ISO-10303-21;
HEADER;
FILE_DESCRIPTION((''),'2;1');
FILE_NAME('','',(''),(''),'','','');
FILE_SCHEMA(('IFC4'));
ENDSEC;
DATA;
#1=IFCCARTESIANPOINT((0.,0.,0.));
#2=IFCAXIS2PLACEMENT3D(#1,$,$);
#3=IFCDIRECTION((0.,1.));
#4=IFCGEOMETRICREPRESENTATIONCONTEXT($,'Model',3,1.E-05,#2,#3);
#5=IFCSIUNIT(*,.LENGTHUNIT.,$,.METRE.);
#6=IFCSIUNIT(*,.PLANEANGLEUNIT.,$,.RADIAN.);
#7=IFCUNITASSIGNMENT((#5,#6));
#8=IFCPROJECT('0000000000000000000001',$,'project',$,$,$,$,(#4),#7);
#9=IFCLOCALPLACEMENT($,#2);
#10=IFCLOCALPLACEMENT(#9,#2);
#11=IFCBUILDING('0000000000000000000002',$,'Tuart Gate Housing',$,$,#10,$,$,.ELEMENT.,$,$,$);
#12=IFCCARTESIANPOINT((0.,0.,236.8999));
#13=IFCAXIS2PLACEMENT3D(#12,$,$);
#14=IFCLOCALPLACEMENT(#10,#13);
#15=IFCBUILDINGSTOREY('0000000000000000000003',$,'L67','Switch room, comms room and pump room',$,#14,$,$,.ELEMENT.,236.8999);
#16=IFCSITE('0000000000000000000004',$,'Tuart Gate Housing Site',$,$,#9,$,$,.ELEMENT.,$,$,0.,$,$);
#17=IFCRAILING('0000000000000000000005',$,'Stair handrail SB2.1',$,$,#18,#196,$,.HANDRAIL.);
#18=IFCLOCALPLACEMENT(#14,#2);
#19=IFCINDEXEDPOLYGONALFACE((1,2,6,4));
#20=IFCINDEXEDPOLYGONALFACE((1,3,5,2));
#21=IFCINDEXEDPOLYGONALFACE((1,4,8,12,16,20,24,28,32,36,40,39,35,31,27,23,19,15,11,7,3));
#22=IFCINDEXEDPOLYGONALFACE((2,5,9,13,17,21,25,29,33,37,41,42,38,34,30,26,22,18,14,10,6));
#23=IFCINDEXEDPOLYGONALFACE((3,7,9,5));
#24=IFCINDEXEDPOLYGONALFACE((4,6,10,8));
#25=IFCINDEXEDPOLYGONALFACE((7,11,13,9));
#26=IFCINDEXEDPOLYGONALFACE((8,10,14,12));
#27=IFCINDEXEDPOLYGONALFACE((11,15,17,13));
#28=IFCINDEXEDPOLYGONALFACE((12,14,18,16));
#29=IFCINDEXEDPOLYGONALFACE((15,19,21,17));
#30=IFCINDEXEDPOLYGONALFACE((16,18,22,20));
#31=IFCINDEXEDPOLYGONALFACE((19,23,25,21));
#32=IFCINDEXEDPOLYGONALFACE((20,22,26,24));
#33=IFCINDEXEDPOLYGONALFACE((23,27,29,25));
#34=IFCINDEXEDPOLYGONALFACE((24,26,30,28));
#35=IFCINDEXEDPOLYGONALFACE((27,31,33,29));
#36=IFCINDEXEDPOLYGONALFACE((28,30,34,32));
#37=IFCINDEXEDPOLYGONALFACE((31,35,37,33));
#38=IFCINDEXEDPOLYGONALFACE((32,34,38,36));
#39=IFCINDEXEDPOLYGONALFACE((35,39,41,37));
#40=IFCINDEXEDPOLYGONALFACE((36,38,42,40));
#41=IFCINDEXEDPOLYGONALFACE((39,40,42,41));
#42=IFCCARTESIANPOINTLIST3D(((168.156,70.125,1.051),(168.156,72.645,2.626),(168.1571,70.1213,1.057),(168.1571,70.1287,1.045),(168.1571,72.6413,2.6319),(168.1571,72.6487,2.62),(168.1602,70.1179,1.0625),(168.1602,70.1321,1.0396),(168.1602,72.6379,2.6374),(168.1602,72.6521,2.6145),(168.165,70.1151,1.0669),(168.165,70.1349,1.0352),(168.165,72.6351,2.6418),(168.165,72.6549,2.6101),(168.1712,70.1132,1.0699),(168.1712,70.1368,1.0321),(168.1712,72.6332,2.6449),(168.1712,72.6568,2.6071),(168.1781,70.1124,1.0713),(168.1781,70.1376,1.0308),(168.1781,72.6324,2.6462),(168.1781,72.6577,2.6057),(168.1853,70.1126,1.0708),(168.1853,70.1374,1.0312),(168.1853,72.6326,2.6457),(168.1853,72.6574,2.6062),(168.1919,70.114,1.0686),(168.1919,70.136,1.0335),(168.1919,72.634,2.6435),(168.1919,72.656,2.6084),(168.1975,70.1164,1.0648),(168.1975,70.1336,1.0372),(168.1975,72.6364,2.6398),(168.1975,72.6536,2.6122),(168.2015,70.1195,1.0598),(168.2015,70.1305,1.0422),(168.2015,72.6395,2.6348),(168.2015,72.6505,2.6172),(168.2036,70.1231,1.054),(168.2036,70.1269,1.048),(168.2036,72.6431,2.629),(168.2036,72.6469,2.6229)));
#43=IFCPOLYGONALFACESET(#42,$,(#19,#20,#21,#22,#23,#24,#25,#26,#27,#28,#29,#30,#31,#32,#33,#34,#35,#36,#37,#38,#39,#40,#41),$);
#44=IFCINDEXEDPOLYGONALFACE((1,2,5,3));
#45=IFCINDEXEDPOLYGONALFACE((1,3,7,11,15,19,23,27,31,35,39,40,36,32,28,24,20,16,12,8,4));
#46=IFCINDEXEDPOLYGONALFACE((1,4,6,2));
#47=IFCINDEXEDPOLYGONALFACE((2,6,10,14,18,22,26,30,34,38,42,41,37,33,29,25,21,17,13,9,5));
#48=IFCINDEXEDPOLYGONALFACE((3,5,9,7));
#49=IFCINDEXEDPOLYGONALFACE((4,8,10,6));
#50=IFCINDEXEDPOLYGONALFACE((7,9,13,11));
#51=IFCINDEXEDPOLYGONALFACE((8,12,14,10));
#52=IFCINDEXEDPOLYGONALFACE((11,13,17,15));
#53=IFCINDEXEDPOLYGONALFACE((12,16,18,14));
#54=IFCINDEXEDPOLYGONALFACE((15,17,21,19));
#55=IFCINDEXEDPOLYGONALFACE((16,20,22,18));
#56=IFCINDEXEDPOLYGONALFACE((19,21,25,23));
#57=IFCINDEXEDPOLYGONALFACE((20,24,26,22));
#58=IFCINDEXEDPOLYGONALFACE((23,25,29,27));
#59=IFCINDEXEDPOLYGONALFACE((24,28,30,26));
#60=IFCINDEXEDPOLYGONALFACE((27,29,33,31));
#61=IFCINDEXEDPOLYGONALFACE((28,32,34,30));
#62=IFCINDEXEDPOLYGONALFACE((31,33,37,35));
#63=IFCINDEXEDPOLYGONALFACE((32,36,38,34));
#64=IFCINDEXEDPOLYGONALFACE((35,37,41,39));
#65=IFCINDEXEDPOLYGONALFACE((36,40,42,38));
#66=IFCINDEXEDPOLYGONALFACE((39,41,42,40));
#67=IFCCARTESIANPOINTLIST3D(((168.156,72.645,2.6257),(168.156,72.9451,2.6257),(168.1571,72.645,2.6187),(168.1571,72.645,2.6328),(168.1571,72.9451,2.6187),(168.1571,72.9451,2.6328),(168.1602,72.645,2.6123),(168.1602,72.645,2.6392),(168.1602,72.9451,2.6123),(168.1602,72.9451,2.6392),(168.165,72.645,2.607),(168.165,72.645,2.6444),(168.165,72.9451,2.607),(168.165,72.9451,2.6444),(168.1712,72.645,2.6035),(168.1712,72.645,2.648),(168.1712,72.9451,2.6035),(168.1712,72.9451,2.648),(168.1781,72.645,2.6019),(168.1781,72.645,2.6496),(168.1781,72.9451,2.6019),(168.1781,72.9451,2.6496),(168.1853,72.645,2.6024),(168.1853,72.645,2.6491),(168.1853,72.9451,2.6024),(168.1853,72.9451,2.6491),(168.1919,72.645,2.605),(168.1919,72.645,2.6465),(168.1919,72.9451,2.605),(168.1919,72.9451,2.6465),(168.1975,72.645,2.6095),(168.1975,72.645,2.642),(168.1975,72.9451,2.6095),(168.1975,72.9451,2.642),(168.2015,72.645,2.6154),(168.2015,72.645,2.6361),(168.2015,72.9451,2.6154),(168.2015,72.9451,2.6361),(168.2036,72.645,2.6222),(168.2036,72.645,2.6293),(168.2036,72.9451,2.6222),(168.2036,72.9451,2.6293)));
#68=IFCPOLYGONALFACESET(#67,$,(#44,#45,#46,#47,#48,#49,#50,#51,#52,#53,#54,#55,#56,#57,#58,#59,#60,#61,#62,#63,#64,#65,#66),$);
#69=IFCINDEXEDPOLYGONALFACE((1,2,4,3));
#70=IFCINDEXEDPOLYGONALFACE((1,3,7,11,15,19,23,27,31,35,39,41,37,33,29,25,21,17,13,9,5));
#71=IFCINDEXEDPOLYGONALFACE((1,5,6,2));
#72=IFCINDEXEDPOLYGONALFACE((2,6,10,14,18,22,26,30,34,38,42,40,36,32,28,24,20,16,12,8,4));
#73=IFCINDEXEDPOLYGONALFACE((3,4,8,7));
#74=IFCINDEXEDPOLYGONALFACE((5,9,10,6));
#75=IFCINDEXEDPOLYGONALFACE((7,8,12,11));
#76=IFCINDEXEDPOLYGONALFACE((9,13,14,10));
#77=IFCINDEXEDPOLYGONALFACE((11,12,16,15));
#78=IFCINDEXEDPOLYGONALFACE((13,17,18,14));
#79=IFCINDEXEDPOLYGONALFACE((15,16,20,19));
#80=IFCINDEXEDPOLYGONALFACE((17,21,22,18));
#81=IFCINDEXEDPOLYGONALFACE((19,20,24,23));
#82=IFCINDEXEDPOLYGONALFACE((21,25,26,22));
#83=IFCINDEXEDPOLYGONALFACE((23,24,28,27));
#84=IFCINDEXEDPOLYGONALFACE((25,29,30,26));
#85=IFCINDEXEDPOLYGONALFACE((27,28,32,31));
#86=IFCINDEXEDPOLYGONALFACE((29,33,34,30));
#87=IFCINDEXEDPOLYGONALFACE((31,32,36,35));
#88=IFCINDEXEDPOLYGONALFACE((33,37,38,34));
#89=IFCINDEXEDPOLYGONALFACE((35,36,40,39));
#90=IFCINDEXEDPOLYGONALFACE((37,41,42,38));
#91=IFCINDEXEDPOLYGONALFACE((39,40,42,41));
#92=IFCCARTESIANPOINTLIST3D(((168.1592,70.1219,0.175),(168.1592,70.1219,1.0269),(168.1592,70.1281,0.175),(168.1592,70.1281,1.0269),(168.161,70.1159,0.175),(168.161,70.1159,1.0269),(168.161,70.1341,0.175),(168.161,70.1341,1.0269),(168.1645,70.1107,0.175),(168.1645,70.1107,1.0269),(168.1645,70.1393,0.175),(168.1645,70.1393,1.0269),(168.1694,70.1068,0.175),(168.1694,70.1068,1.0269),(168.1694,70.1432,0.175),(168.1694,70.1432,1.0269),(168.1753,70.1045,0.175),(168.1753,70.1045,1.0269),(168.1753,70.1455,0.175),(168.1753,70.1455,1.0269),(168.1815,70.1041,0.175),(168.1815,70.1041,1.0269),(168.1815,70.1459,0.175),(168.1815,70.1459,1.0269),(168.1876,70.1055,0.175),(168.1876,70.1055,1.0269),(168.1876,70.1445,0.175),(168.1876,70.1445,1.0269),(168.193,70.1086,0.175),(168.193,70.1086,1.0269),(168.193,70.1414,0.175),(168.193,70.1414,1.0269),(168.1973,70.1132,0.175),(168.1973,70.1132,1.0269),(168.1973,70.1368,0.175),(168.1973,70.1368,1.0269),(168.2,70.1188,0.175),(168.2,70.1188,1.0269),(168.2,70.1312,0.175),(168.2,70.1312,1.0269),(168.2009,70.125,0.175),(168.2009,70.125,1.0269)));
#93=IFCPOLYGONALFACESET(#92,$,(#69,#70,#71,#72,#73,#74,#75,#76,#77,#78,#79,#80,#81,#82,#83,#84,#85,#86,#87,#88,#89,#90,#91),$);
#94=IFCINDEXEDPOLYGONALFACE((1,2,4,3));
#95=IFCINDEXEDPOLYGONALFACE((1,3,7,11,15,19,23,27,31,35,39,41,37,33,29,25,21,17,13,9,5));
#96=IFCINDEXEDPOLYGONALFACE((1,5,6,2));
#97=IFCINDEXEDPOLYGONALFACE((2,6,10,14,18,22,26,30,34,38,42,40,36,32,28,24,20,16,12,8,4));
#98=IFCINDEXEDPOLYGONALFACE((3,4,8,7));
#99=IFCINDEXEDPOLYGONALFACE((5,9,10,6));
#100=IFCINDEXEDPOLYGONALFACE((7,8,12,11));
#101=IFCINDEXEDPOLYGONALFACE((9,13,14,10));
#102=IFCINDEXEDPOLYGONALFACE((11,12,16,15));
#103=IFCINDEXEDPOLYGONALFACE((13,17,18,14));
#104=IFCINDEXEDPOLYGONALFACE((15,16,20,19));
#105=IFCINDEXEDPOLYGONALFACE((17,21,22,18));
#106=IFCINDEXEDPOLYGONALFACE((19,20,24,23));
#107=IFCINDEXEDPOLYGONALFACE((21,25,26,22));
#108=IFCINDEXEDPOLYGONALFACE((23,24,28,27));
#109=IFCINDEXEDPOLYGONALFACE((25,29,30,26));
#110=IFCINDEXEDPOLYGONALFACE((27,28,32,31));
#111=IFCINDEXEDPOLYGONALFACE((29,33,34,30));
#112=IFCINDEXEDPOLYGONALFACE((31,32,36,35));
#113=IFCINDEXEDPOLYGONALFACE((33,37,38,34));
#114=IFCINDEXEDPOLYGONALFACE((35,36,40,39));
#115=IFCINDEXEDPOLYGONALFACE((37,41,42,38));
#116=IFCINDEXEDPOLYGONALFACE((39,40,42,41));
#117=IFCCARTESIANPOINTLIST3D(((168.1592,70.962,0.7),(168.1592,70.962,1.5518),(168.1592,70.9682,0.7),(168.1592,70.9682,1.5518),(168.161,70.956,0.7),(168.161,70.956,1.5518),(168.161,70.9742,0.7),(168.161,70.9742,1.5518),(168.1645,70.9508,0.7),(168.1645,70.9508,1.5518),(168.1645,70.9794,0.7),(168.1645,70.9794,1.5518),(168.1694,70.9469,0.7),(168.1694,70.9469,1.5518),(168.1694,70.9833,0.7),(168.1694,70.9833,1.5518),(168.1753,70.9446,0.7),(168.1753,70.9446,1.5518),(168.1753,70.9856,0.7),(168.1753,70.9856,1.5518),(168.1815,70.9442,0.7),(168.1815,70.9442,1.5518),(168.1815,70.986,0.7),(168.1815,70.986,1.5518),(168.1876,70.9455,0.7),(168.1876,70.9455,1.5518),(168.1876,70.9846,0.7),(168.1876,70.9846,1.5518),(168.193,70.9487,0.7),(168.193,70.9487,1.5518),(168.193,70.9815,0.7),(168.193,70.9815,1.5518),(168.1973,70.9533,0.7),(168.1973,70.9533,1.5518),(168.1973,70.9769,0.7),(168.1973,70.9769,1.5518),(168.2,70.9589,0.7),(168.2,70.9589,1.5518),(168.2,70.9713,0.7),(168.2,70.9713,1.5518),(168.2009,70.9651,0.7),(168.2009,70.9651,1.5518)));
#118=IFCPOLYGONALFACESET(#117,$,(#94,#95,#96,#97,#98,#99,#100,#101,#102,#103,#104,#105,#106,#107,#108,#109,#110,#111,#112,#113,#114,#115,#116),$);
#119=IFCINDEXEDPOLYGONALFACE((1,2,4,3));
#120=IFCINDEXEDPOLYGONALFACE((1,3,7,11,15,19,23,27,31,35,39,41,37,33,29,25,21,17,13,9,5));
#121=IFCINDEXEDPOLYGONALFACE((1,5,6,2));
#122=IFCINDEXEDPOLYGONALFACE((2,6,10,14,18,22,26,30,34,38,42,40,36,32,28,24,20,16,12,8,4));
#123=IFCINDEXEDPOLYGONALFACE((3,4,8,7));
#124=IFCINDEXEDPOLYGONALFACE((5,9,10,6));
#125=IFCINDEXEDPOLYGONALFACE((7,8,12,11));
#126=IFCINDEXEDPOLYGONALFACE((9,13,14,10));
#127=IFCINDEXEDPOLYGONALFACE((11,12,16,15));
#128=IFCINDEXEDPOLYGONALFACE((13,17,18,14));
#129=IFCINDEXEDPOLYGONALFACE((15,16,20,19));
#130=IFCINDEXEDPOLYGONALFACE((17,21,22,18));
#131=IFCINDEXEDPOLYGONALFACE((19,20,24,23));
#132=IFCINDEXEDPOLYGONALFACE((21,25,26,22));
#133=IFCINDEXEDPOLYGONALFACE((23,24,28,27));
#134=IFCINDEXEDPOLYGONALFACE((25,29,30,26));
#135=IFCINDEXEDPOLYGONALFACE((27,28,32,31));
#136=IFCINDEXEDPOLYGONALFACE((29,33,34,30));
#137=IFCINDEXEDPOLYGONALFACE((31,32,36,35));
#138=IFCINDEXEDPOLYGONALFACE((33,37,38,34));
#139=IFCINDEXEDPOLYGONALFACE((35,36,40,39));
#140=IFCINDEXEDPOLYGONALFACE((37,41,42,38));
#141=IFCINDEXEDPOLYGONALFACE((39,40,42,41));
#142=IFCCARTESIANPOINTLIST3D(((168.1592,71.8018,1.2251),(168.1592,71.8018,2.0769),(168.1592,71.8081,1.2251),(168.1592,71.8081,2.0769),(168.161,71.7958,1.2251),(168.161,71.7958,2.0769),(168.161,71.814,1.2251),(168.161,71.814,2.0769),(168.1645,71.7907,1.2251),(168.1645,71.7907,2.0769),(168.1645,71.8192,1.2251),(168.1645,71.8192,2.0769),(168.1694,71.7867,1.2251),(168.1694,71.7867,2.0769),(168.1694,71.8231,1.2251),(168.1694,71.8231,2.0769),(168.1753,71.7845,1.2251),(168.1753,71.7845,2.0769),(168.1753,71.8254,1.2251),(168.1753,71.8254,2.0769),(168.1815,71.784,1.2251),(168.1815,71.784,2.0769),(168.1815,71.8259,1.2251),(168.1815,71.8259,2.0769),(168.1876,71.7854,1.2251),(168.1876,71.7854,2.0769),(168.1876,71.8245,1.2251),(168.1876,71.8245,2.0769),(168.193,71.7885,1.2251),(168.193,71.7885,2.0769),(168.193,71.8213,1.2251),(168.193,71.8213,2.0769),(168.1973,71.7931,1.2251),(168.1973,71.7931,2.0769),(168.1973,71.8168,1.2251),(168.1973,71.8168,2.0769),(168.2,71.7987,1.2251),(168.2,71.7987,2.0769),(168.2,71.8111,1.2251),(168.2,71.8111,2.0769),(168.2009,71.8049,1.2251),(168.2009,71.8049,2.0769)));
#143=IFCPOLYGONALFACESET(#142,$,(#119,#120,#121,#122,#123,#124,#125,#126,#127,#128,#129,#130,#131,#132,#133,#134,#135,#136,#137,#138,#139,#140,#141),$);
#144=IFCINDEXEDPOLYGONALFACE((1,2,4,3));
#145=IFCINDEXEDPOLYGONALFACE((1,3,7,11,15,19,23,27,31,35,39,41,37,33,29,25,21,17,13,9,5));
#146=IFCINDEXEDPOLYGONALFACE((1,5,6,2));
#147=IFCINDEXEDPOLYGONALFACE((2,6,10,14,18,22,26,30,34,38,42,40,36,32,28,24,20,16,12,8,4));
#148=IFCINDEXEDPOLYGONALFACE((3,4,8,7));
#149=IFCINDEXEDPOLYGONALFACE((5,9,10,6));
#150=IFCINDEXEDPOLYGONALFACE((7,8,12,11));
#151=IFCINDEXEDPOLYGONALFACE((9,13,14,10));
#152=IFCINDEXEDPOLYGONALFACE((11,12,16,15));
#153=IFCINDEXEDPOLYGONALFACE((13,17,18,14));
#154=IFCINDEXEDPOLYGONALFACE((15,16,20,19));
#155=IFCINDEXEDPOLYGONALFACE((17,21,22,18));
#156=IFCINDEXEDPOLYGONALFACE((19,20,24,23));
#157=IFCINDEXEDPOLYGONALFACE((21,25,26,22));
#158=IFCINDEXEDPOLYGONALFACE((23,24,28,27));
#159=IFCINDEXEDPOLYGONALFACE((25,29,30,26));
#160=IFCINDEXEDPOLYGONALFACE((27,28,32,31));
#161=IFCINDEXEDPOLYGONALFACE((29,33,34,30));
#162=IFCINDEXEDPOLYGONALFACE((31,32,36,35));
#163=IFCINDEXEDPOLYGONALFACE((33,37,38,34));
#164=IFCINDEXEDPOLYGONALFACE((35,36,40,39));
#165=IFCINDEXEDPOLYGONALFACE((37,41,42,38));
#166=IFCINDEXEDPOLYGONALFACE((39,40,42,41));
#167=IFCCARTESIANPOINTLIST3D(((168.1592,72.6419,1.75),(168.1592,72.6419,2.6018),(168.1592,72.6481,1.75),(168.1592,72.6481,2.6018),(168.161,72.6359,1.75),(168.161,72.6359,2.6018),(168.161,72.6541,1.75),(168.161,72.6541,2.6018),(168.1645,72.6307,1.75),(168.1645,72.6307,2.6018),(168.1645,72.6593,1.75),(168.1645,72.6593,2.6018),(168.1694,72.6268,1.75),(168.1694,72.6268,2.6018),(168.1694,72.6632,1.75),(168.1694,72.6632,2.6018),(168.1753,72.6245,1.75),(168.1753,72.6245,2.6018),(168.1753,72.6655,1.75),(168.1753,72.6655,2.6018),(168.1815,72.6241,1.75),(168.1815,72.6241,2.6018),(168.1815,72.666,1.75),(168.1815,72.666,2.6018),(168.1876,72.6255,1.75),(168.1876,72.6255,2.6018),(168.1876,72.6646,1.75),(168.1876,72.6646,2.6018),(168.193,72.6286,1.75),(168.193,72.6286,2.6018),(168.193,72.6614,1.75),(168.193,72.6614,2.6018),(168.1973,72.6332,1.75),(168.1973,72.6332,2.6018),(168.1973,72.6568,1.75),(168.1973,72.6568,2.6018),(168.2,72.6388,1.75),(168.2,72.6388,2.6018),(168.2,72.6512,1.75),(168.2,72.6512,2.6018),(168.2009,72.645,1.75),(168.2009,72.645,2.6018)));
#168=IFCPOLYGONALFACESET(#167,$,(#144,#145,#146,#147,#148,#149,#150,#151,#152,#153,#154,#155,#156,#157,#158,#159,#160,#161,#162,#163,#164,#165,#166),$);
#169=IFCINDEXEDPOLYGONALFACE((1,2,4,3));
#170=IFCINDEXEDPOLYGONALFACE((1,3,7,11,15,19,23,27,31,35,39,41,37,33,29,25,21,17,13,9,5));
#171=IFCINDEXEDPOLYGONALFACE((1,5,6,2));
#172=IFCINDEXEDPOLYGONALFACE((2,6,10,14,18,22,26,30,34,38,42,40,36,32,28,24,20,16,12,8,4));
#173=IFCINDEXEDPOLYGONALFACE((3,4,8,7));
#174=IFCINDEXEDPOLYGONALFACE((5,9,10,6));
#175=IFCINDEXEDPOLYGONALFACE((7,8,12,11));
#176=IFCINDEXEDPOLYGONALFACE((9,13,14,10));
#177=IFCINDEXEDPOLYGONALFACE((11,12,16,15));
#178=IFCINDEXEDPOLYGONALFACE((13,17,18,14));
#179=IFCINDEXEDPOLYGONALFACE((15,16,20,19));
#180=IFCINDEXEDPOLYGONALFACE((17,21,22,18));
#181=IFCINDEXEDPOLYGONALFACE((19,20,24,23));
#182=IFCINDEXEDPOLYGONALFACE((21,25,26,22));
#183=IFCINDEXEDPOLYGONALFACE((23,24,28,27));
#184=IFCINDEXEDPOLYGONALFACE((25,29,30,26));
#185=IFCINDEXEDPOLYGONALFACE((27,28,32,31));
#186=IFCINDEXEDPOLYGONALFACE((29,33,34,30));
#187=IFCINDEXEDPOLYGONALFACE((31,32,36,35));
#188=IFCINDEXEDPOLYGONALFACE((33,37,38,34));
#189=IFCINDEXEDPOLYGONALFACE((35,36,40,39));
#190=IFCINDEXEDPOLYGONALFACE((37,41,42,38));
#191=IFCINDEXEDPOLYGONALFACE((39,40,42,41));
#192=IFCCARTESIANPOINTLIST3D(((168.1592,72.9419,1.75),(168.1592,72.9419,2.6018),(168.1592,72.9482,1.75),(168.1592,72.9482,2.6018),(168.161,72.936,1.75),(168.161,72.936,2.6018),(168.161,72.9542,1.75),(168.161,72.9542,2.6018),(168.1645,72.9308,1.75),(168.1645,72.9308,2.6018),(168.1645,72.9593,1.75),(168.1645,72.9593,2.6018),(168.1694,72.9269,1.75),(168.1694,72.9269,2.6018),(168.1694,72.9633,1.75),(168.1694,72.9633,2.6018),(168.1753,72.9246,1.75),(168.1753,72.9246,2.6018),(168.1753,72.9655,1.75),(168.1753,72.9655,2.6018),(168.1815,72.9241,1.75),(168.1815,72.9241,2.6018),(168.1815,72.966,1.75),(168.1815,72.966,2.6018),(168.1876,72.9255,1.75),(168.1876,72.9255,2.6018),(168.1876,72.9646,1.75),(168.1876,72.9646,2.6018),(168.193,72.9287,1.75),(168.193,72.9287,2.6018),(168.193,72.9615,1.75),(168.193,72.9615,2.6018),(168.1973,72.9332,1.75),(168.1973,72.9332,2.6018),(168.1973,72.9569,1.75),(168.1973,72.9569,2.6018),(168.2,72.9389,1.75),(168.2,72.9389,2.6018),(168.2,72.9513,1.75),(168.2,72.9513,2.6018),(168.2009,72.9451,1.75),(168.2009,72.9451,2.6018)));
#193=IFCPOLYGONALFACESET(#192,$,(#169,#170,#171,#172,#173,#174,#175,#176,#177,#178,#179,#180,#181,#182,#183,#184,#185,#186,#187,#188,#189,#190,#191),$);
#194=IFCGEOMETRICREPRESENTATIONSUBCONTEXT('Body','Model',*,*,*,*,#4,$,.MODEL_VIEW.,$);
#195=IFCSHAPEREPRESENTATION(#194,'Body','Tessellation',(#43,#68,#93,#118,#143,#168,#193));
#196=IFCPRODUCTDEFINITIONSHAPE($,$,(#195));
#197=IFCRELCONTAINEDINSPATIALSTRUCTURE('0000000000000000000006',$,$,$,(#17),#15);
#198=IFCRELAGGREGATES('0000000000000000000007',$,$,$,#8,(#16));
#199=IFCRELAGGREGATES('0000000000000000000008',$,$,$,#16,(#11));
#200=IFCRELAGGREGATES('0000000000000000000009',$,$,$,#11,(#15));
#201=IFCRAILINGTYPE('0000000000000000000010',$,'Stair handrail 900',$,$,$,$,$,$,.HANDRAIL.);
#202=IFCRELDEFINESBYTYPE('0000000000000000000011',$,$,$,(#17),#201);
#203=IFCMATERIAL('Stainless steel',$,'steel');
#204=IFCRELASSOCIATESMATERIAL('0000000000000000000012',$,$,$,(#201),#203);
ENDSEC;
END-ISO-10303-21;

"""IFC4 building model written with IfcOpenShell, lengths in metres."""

from ifc_helpers import new_model, si_unit, direction, frame, origin, origin_2d, place, context, subcontext, project, spatial, circle, extrude, material, type_object, element, save


model = new_model("IFC4")

# Units and contexts
model_context = context("Model", 3, precision=1e-05, world=origin(), true_north=direction((0.0, 1.0)))
body_context = subcontext(model_context, "Body", "Model", "MODEL_VIEW")
ifc_project = project(units=[si_unit("LENGTHUNIT", "METRE"), si_unit("PLANEANGLEUNIT", "RADIAN")], contexts=[model_context])

# Site, building, storey
site_placement = place(None, origin())
site = spatial("IfcSite", under=ifc_project, at=site_placement, Name="Tuart Gate Housing Site", CompositionType="ELEMENT", RefElevation=0.0)
building_placement = place(site_placement, origin())
building = spatial("IfcBuilding", under=site, at=building_placement, Name="Tuart Gate Housing", CompositionType="ELEMENT")
storey_placement = place(building_placement, frame((0.0, 0.0, 236.8999)))
storey = spatial("IfcBuildingStorey", under=building, at=storey_placement, Name="L67", Description="Switch room, comms room and pump room", CompositionType="ELEMENT", Elevation=236.8999)

# Railing
ifc_material_1 = material(Name="Stainless steel", Category="steel")
railing_type = type_object("IfcRailingType", Name="Stair handrail 900", PredefinedType="HANDRAIL", material=ifc_material_1)
railing_placement = place(storey_placement, frame((168.1799, 70.125, 0.175)))
element("IfcRailing", 1, at=railing_placement, inside=storey, type_object=railing_type, Name="Stair handrail SB2.1", PredefinedType="HANDRAIL", context=body_context, shape_type="SweptSolid", body=[
    extrude(circle(Radius=0.0239, at=origin_2d()), frame((0.0, 0.0, 0.876), z_axis=(0.0, 0.848008, 0.529984), x_axis=(-1.0, 0.0, 0.0)), (0.0, 0.0, 1.0), 2.9717),
    extrude(circle(Radius=0.0239, at=origin_2d()), frame((0.0, 2.52, 2.4507), z_axis=(0.0, 1.0, 0.0), x_axis=(-1.0, 0.0, 0.0)), (0.0, 0.0, 1.0), 0.3),
    extrude(circle(Radius=0.021, at=origin_2d()), origin(), (0.0, 0.0, 1.0), 0.8518),
    extrude(circle(Radius=0.021, at=origin_2d()), frame((0.0, 0.8401, 0.5249)), (0.0, 0.0, 1.0), 0.8518),
    extrude(circle(Radius=0.021, at=origin_2d()), frame((0.0, 1.6799, 1.05)), (0.0, 0.0, 1.0), 0.8518),
    extrude(circle(Radius=0.021, at=origin_2d()), frame((0.0, 2.52, 1.575)), (0.0, 0.0, 1.0), 0.8518),
    extrude(circle(Radius=0.021, at=origin_2d()), frame((0.0, 2.8201, 1.575)), (0.0, 0.0, 1.0), 0.8518),
])

save(model, "model.ifc")
